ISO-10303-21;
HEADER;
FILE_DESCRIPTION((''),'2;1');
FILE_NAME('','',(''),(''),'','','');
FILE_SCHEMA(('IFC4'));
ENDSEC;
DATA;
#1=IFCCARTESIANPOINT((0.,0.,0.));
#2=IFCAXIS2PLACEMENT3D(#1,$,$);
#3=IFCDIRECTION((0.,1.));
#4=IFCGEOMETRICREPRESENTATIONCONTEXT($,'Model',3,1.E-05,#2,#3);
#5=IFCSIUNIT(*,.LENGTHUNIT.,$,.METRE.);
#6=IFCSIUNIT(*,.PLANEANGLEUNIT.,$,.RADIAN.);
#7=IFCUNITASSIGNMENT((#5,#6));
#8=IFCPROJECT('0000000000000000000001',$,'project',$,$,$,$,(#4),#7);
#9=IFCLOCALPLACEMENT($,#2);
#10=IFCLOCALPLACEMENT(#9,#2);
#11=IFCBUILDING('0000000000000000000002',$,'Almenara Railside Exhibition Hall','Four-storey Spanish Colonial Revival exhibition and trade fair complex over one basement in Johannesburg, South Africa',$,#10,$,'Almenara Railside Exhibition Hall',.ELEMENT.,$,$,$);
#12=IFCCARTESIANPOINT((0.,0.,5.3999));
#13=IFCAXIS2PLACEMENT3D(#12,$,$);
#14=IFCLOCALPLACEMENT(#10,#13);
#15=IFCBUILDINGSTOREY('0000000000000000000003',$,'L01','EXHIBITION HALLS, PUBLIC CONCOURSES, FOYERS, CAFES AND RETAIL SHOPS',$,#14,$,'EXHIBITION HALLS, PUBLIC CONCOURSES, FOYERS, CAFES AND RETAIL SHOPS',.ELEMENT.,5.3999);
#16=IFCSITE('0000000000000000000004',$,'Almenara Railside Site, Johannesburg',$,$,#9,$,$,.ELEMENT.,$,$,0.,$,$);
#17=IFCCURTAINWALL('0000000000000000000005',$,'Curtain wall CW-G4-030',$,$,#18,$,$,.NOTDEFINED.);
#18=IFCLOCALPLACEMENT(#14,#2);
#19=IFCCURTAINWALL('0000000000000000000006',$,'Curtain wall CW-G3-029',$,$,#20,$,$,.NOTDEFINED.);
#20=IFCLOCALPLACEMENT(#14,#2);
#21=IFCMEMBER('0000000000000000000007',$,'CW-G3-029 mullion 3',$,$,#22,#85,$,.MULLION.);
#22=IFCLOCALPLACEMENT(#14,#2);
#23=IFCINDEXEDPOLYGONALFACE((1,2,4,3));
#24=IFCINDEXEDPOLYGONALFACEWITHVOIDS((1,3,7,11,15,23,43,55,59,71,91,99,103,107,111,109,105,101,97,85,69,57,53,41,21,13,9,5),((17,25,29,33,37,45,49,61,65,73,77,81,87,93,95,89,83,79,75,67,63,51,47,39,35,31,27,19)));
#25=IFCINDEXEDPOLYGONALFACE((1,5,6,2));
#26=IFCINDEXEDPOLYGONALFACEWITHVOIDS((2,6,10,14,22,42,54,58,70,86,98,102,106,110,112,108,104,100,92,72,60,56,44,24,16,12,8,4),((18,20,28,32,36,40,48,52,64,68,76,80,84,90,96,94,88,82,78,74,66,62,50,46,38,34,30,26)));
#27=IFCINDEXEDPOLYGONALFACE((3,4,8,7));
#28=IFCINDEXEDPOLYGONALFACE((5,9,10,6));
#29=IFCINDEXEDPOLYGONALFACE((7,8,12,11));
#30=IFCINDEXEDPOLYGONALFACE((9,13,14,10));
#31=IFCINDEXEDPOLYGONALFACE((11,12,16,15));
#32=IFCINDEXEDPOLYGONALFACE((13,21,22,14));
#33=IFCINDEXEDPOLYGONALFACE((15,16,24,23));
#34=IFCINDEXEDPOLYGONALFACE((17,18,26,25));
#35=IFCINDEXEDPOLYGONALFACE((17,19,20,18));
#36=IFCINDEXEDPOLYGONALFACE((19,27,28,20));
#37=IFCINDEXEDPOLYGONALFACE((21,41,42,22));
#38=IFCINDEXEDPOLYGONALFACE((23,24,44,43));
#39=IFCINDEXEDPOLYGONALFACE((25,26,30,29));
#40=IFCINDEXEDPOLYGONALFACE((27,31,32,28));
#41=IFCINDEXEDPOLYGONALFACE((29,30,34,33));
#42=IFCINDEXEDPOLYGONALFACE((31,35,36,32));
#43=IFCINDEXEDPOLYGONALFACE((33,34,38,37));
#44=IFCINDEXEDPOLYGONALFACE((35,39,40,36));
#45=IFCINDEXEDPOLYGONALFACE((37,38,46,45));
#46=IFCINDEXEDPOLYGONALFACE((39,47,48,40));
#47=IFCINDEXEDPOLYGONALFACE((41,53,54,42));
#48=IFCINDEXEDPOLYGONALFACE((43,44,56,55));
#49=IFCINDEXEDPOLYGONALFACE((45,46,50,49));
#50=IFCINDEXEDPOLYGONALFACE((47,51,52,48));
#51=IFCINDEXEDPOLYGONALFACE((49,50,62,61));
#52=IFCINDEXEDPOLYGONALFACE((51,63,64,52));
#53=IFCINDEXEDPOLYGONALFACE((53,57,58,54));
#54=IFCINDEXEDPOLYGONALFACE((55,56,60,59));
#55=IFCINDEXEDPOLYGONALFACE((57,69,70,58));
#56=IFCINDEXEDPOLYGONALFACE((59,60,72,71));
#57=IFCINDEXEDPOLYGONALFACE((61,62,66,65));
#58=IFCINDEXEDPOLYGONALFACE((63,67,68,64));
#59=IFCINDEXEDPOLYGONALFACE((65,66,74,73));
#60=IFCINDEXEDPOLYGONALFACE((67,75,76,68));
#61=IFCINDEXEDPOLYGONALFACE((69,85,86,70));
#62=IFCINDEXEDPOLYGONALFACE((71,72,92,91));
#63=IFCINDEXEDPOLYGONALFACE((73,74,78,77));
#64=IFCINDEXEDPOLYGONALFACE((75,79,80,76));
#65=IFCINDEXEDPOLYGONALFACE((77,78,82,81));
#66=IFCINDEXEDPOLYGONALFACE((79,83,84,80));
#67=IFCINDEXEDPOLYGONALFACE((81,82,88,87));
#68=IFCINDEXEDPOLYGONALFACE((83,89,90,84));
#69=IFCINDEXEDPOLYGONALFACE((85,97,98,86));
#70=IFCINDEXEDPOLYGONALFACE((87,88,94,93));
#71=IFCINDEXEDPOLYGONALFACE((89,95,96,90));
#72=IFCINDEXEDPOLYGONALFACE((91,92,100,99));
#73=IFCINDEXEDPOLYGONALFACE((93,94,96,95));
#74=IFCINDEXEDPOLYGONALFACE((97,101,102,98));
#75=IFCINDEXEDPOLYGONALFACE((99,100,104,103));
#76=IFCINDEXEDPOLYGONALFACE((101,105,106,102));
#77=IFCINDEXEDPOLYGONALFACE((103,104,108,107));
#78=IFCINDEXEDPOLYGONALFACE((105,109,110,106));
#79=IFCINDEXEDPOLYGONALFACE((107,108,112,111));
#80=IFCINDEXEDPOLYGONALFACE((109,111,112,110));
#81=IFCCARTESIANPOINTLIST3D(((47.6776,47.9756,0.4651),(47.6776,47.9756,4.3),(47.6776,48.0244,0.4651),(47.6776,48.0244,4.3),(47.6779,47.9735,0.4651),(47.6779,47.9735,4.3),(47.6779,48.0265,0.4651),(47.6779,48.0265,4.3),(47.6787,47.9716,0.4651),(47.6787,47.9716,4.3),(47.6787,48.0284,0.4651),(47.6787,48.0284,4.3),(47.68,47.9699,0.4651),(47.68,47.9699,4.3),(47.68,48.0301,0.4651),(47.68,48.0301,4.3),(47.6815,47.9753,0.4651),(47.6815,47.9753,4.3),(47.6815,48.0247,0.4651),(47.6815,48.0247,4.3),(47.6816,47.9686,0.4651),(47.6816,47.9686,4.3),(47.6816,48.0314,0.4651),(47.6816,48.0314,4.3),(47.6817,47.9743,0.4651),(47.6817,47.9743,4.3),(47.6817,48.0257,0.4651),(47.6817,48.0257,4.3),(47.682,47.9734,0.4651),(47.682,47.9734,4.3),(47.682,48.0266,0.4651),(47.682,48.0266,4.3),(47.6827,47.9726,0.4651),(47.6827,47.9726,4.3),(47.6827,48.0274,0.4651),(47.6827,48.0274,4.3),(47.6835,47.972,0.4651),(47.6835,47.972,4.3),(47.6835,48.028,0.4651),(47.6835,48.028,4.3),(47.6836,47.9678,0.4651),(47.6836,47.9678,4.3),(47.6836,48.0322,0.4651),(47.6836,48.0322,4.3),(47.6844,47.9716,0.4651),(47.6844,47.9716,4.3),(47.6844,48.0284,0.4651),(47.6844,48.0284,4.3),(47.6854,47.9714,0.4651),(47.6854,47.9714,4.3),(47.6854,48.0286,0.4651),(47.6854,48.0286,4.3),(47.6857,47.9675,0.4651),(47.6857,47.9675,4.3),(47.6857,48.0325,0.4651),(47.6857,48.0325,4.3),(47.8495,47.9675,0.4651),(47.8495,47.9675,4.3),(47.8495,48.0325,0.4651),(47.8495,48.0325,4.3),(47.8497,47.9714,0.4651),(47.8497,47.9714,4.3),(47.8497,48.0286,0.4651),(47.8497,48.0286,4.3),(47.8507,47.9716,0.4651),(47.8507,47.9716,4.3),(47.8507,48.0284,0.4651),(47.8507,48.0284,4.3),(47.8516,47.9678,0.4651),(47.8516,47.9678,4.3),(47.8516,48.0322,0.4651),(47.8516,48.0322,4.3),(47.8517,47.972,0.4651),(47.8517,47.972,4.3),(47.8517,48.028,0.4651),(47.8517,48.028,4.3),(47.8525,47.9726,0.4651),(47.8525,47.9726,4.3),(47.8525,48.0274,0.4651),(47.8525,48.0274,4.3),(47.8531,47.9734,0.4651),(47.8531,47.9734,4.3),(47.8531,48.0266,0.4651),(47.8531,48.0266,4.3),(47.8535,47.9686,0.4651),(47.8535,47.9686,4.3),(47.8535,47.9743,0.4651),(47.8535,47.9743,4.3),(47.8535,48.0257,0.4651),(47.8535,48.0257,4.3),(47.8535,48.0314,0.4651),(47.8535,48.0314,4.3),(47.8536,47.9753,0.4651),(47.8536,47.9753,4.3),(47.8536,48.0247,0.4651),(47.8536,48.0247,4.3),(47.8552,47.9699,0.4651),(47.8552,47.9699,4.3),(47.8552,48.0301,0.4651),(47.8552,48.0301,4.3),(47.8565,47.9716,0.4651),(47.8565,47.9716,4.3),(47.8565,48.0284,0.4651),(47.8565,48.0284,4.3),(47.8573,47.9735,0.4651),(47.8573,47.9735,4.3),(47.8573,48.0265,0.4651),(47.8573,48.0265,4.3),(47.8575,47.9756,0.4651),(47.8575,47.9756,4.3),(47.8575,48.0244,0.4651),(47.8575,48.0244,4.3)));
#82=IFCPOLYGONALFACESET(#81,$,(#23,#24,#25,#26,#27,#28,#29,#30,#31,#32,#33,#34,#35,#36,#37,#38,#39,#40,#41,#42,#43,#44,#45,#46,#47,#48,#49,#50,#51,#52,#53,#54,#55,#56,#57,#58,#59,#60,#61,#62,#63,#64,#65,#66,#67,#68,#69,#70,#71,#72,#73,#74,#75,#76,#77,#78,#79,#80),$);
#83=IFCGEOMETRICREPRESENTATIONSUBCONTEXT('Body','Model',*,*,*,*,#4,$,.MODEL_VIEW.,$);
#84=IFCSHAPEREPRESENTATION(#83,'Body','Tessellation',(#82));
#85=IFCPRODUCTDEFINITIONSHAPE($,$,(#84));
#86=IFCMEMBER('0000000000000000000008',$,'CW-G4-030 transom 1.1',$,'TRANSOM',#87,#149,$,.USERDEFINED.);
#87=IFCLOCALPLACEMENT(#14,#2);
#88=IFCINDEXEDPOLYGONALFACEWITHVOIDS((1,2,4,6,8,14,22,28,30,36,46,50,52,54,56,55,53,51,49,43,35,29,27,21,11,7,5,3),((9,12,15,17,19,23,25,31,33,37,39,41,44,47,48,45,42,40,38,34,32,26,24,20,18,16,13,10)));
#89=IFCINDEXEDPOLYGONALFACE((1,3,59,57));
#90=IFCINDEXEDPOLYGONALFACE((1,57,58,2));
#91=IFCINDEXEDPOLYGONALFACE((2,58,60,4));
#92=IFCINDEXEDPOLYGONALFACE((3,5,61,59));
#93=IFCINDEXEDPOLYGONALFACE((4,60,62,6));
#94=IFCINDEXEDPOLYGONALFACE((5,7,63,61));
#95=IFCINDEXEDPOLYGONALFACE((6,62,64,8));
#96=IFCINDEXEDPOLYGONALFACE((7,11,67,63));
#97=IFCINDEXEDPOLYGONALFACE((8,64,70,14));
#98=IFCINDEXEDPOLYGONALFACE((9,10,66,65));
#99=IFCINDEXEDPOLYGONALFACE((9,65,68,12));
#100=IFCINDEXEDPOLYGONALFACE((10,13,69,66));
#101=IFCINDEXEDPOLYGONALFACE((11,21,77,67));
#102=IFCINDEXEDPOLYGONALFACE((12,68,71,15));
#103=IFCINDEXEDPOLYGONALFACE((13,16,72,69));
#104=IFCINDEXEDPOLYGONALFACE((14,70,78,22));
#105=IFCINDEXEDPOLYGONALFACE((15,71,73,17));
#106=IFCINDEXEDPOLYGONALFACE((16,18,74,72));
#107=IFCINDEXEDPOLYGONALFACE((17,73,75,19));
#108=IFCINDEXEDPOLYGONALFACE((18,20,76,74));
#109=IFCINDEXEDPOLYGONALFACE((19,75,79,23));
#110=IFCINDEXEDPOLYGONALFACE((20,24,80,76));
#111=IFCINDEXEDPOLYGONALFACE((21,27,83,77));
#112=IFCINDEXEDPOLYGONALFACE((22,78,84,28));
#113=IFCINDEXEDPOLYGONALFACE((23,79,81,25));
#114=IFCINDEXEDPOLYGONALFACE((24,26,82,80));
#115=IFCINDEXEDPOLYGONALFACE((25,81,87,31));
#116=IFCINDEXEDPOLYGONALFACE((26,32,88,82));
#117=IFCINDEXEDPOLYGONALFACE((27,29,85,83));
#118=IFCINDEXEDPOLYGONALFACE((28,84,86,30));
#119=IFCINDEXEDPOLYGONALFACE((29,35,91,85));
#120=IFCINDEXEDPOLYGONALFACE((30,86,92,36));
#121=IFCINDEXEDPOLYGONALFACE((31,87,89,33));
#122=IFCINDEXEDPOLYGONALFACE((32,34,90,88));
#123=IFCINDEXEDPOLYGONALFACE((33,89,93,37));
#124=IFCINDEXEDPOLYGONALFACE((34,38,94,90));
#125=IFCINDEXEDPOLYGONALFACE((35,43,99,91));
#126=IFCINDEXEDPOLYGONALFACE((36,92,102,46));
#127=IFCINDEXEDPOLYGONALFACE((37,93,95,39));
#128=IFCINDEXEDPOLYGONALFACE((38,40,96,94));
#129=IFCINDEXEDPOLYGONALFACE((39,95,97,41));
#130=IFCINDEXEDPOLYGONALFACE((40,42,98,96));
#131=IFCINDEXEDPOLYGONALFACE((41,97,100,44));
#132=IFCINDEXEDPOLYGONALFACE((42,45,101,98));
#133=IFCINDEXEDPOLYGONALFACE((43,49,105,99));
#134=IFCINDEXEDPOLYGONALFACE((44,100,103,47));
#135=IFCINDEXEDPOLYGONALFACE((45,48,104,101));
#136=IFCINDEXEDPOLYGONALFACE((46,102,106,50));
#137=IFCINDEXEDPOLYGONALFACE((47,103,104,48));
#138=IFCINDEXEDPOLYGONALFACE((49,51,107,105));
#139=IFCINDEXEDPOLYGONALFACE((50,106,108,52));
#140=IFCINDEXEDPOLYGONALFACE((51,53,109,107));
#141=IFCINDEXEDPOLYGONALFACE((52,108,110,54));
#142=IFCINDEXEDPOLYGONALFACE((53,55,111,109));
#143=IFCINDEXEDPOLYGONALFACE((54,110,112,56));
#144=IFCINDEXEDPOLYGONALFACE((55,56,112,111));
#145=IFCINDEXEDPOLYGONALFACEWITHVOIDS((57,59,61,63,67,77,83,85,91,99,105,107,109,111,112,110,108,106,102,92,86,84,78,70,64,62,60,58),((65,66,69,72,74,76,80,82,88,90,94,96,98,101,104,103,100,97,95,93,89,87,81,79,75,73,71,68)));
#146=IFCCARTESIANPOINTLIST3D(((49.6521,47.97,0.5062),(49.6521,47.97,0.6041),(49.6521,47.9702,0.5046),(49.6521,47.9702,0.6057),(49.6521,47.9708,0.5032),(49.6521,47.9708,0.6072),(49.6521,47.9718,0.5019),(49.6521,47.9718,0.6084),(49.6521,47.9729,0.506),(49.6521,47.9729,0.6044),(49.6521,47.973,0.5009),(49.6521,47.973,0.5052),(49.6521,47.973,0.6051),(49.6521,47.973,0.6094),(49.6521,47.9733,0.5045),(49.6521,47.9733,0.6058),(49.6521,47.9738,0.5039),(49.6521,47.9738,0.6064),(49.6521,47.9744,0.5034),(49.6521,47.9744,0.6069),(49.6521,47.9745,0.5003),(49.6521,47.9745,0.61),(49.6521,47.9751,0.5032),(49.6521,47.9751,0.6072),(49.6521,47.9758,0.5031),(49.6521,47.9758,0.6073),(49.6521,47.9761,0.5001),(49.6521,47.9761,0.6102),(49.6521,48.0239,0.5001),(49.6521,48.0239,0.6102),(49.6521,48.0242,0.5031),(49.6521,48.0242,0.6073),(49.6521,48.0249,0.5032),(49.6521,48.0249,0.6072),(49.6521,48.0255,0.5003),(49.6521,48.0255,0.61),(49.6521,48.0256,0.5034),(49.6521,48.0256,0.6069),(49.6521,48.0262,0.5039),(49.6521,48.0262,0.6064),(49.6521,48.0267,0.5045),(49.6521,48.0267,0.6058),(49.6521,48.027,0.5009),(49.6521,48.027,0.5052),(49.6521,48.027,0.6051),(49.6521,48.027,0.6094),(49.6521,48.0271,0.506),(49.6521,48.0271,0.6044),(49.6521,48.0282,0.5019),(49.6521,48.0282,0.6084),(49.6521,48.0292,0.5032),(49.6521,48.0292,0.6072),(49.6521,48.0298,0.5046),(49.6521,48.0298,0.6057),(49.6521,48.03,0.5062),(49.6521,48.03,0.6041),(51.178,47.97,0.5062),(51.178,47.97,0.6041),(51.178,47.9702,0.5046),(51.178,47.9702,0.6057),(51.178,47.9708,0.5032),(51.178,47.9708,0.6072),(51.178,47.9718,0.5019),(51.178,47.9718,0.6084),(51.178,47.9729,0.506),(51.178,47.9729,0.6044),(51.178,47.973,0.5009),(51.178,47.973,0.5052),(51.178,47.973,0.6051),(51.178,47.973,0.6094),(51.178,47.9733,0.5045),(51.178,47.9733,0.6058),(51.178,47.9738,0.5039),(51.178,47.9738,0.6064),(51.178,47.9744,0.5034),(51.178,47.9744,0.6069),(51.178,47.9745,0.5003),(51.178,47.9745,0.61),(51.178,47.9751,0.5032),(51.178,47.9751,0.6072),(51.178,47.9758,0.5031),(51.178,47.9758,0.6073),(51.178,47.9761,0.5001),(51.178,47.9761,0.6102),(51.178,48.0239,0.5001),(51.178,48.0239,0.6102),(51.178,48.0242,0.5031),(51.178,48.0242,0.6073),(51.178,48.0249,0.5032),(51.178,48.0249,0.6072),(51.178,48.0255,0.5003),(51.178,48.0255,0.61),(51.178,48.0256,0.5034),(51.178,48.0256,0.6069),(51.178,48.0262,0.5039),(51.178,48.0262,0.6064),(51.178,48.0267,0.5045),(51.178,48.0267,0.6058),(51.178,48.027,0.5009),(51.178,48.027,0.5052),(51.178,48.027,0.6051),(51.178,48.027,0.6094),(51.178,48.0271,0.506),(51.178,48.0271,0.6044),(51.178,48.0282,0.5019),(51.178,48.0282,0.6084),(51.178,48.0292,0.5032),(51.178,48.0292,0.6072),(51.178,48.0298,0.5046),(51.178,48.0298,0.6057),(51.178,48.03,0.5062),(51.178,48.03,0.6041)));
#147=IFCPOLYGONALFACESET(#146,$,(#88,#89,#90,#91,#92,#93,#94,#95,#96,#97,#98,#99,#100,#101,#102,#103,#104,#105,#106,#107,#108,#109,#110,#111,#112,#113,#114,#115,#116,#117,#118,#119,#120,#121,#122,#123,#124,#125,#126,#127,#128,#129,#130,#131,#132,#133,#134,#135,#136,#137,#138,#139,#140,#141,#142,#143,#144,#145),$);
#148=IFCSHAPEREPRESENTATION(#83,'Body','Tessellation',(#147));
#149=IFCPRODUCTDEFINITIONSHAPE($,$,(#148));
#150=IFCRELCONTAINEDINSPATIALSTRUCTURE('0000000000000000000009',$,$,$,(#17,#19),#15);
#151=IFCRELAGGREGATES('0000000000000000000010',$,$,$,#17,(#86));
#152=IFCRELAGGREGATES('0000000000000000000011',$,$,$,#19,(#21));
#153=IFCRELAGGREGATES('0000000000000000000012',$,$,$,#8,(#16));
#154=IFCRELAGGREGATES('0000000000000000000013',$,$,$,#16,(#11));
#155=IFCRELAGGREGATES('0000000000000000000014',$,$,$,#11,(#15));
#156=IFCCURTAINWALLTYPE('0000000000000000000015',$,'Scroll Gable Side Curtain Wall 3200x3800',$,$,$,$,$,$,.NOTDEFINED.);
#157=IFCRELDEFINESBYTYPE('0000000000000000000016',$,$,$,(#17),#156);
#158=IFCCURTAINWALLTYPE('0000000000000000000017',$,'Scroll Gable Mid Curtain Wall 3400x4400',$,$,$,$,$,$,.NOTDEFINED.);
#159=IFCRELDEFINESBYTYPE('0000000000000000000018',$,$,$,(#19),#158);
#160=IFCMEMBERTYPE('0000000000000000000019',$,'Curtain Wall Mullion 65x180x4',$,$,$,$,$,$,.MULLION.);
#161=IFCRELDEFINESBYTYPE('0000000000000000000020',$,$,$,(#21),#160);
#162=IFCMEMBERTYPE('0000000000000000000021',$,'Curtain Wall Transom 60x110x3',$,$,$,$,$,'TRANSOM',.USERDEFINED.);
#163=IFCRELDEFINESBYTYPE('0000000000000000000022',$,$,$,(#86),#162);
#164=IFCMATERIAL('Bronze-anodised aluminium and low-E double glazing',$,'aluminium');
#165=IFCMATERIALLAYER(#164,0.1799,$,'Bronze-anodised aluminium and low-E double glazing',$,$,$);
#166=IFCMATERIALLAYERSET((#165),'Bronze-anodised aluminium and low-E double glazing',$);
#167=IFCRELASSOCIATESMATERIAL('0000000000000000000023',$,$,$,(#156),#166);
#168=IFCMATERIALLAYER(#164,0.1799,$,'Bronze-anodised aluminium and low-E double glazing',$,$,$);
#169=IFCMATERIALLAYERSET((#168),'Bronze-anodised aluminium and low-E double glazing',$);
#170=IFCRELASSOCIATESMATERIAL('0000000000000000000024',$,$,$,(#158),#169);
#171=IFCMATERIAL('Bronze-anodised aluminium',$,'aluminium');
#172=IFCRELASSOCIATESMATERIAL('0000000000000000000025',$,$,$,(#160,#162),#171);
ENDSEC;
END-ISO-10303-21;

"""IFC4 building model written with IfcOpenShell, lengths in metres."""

from ifc_helpers import new_model, si_unit, direction, frame, origin, origin_2d, place, context, subcontext, project, spatial, hollow_rectangle, extrude, material, layer, layer_set, material_profile, profile_set, type_object, element, aggregate, save


model = new_model("IFC4")

# Units and contexts
model_context = context("Model", 3, precision=1e-05, world=origin(), true_north=direction((0.0, 1.0)))
body_context = subcontext(model_context, "Body", "Model", "MODEL_VIEW")
ifc_project = project(units=[si_unit("LENGTHUNIT", "METRE"), si_unit("PLANEANGLEUNIT", "RADIAN")], contexts=[model_context])

# Site, building, storey
site_placement = place(None, origin())
site = spatial("IfcSite", under=ifc_project, at=site_placement, Name="Almenara Railside Site, Johannesburg", CompositionType="ELEMENT", RefElevation=0.0)
building_placement = place(site_placement, origin())
building = spatial("IfcBuilding", under=site, at=building_placement, Name="Almenara Railside Exhibition Hall", Description="Four-storey Spanish Colonial Revival exhibition and trade fair complex over one basement in Johannesburg, South Africa", LongName="Almenara Railside Exhibition Hall", CompositionType="ELEMENT")
storey_placement = place(building_placement, frame((0.0, 0.0, 5.3999)))
storey = spatial("IfcBuildingStorey", under=building, at=storey_placement, Name="L01", Description="EXHIBITION HALLS, PUBLIC CONCOURSES, FOYERS, CAFES AND RETAIL SHOPS", LongName="EXHIBITION HALLS, PUBLIC CONCOURSES, FOYERS, CAFES AND RETAIL SHOPS", CompositionType="ELEMENT", Elevation=5.3999)

# Curtain wall
ifc_material_1 = material(Name="Bronze-anodised aluminium and low-E double glazing", Category="aluminium")
ifc_layer_1 = layer(ifc_material_1, 0.1799, Name="Bronze-anodised aluminium and low-E double glazing")
ifc_layer_set_1 = layer_set([ifc_layer_1], Name="Bronze-anodised aluminium and low-E double glazing")
curtain_wall_type_1 = type_object("IfcCurtainWallType", Name="Scroll Gable Side Curtain Wall 3200x3800", PredefinedType="NOTDEFINED", material=ifc_layer_set_1)
curtain_wall_1_placement = place(storey_placement, origin())
curtain_wall_1 = element("IfcCurtainWall", 1, at=curtain_wall_1_placement, inside=storey, type_object=curtain_wall_type_1, Name="Curtain wall CW-G4-030", PredefinedType="NOTDEFINED")
ifc_material_2 = material(Name="Bronze-anodised aluminium", Category="aluminium")

# Curtain wall, member
ifc_layer_2 = layer(ifc_material_1, 0.1799, Name="Bronze-anodised aluminium and low-E double glazing")
ifc_layer_set_2 = layer_set([ifc_layer_2], Name="Bronze-anodised aluminium and low-E double glazing")
curtain_wall_type_2 = type_object("IfcCurtainWallType", Name="Scroll Gable Mid Curtain Wall 3400x4400", PredefinedType="NOTDEFINED", material=ifc_layer_set_2)
curtain_wall_2_placement = place(storey_placement, origin())
curtain_wall_2 = element("IfcCurtainWall", 2, at=curtain_wall_2_placement, inside=storey, type_object=curtain_wall_type_2, Name="Curtain wall CW-G3-029", PredefinedType="NOTDEFINED")
ifc_material_profile_1 = material_profile(ifc_material_2, hollow_rectangle(XDim=0.0649, YDim=0.1799, WallThickness=0.0039, InnerFilletRadius=0.0039, OuterFilletRadius=0.0081, at=origin_2d()), Name="ALU-MUL 65x180x4")
ifc_profile_set_1 = profile_set([ifc_material_profile_1], Name="Bronze-anodised aluminium")
member_type_1 = type_object("IfcMemberType", Name="Curtain Wall Mullion 65x180x4", PredefinedType="MULLION", material=ifc_profile_set_1)
member_1_placement = place(storey_placement, frame((47.7676, 48.0, 0.4651), z_axis=(0.0, 0.0, 1.0), x_axis=(0.0, 1.0, 0.0)))
member_1 = element("IfcMember", 3, at=member_1_placement, type_object=member_type_1, Name="CW-G3-029 mullion 3", PredefinedType="MULLION", context=body_context, shape_type="SweptSolid", body=[
    extrude(hollow_rectangle(XDim=0.0649, YDim=0.1799, WallThickness=0.0039, InnerFilletRadius=0.0039, OuterFilletRadius=0.0081, at=origin_2d()), origin(), (0.0, 0.0, 1.0), 3.835),
])

# Member
ifc_material_profile_2 = material_profile(ifc_material_2, hollow_rectangle(XDim=0.0601, YDim=0.1101, WallThickness=0.0029, InnerFilletRadius=0.0029, OuterFilletRadius=0.0061, at=origin_2d()), Name="ALU-TRN 60x110x3")
ifc_profile_set_2 = profile_set([ifc_material_profile_2], Name="Bronze-anodised aluminium")
member_type_2 = type_object("IfcMemberType", Name="Curtain Wall Transom 60x110x3", ElementType="TRANSOM", PredefinedType="USERDEFINED", material=ifc_profile_set_2)
member_2_placement = place(storey_placement, frame((49.6521, 48.0, 0.5552), z_axis=(1.0, 0.0, 0.0), x_axis=(0.0, 1.0, 0.0)))
member_2 = element("IfcMember", 4, at=member_2_placement, type_object=member_type_2, Name="CW-G4-030 transom 1.1", ObjectType="TRANSOM", PredefinedType="USERDEFINED", context=body_context, shape_type="SweptSolid", body=[
    extrude(hollow_rectangle(XDim=0.0601, YDim=0.1101, WallThickness=0.0029, InnerFilletRadius=0.0029, OuterFilletRadius=0.0061, at=origin_2d()), origin(), (0.0, 0.0, 1.0), 1.5259),
])

aggregate(curtain_wall_1, [member_2])
aggregate(curtain_wall_2, [member_1])

save(model, "model.ifc")
